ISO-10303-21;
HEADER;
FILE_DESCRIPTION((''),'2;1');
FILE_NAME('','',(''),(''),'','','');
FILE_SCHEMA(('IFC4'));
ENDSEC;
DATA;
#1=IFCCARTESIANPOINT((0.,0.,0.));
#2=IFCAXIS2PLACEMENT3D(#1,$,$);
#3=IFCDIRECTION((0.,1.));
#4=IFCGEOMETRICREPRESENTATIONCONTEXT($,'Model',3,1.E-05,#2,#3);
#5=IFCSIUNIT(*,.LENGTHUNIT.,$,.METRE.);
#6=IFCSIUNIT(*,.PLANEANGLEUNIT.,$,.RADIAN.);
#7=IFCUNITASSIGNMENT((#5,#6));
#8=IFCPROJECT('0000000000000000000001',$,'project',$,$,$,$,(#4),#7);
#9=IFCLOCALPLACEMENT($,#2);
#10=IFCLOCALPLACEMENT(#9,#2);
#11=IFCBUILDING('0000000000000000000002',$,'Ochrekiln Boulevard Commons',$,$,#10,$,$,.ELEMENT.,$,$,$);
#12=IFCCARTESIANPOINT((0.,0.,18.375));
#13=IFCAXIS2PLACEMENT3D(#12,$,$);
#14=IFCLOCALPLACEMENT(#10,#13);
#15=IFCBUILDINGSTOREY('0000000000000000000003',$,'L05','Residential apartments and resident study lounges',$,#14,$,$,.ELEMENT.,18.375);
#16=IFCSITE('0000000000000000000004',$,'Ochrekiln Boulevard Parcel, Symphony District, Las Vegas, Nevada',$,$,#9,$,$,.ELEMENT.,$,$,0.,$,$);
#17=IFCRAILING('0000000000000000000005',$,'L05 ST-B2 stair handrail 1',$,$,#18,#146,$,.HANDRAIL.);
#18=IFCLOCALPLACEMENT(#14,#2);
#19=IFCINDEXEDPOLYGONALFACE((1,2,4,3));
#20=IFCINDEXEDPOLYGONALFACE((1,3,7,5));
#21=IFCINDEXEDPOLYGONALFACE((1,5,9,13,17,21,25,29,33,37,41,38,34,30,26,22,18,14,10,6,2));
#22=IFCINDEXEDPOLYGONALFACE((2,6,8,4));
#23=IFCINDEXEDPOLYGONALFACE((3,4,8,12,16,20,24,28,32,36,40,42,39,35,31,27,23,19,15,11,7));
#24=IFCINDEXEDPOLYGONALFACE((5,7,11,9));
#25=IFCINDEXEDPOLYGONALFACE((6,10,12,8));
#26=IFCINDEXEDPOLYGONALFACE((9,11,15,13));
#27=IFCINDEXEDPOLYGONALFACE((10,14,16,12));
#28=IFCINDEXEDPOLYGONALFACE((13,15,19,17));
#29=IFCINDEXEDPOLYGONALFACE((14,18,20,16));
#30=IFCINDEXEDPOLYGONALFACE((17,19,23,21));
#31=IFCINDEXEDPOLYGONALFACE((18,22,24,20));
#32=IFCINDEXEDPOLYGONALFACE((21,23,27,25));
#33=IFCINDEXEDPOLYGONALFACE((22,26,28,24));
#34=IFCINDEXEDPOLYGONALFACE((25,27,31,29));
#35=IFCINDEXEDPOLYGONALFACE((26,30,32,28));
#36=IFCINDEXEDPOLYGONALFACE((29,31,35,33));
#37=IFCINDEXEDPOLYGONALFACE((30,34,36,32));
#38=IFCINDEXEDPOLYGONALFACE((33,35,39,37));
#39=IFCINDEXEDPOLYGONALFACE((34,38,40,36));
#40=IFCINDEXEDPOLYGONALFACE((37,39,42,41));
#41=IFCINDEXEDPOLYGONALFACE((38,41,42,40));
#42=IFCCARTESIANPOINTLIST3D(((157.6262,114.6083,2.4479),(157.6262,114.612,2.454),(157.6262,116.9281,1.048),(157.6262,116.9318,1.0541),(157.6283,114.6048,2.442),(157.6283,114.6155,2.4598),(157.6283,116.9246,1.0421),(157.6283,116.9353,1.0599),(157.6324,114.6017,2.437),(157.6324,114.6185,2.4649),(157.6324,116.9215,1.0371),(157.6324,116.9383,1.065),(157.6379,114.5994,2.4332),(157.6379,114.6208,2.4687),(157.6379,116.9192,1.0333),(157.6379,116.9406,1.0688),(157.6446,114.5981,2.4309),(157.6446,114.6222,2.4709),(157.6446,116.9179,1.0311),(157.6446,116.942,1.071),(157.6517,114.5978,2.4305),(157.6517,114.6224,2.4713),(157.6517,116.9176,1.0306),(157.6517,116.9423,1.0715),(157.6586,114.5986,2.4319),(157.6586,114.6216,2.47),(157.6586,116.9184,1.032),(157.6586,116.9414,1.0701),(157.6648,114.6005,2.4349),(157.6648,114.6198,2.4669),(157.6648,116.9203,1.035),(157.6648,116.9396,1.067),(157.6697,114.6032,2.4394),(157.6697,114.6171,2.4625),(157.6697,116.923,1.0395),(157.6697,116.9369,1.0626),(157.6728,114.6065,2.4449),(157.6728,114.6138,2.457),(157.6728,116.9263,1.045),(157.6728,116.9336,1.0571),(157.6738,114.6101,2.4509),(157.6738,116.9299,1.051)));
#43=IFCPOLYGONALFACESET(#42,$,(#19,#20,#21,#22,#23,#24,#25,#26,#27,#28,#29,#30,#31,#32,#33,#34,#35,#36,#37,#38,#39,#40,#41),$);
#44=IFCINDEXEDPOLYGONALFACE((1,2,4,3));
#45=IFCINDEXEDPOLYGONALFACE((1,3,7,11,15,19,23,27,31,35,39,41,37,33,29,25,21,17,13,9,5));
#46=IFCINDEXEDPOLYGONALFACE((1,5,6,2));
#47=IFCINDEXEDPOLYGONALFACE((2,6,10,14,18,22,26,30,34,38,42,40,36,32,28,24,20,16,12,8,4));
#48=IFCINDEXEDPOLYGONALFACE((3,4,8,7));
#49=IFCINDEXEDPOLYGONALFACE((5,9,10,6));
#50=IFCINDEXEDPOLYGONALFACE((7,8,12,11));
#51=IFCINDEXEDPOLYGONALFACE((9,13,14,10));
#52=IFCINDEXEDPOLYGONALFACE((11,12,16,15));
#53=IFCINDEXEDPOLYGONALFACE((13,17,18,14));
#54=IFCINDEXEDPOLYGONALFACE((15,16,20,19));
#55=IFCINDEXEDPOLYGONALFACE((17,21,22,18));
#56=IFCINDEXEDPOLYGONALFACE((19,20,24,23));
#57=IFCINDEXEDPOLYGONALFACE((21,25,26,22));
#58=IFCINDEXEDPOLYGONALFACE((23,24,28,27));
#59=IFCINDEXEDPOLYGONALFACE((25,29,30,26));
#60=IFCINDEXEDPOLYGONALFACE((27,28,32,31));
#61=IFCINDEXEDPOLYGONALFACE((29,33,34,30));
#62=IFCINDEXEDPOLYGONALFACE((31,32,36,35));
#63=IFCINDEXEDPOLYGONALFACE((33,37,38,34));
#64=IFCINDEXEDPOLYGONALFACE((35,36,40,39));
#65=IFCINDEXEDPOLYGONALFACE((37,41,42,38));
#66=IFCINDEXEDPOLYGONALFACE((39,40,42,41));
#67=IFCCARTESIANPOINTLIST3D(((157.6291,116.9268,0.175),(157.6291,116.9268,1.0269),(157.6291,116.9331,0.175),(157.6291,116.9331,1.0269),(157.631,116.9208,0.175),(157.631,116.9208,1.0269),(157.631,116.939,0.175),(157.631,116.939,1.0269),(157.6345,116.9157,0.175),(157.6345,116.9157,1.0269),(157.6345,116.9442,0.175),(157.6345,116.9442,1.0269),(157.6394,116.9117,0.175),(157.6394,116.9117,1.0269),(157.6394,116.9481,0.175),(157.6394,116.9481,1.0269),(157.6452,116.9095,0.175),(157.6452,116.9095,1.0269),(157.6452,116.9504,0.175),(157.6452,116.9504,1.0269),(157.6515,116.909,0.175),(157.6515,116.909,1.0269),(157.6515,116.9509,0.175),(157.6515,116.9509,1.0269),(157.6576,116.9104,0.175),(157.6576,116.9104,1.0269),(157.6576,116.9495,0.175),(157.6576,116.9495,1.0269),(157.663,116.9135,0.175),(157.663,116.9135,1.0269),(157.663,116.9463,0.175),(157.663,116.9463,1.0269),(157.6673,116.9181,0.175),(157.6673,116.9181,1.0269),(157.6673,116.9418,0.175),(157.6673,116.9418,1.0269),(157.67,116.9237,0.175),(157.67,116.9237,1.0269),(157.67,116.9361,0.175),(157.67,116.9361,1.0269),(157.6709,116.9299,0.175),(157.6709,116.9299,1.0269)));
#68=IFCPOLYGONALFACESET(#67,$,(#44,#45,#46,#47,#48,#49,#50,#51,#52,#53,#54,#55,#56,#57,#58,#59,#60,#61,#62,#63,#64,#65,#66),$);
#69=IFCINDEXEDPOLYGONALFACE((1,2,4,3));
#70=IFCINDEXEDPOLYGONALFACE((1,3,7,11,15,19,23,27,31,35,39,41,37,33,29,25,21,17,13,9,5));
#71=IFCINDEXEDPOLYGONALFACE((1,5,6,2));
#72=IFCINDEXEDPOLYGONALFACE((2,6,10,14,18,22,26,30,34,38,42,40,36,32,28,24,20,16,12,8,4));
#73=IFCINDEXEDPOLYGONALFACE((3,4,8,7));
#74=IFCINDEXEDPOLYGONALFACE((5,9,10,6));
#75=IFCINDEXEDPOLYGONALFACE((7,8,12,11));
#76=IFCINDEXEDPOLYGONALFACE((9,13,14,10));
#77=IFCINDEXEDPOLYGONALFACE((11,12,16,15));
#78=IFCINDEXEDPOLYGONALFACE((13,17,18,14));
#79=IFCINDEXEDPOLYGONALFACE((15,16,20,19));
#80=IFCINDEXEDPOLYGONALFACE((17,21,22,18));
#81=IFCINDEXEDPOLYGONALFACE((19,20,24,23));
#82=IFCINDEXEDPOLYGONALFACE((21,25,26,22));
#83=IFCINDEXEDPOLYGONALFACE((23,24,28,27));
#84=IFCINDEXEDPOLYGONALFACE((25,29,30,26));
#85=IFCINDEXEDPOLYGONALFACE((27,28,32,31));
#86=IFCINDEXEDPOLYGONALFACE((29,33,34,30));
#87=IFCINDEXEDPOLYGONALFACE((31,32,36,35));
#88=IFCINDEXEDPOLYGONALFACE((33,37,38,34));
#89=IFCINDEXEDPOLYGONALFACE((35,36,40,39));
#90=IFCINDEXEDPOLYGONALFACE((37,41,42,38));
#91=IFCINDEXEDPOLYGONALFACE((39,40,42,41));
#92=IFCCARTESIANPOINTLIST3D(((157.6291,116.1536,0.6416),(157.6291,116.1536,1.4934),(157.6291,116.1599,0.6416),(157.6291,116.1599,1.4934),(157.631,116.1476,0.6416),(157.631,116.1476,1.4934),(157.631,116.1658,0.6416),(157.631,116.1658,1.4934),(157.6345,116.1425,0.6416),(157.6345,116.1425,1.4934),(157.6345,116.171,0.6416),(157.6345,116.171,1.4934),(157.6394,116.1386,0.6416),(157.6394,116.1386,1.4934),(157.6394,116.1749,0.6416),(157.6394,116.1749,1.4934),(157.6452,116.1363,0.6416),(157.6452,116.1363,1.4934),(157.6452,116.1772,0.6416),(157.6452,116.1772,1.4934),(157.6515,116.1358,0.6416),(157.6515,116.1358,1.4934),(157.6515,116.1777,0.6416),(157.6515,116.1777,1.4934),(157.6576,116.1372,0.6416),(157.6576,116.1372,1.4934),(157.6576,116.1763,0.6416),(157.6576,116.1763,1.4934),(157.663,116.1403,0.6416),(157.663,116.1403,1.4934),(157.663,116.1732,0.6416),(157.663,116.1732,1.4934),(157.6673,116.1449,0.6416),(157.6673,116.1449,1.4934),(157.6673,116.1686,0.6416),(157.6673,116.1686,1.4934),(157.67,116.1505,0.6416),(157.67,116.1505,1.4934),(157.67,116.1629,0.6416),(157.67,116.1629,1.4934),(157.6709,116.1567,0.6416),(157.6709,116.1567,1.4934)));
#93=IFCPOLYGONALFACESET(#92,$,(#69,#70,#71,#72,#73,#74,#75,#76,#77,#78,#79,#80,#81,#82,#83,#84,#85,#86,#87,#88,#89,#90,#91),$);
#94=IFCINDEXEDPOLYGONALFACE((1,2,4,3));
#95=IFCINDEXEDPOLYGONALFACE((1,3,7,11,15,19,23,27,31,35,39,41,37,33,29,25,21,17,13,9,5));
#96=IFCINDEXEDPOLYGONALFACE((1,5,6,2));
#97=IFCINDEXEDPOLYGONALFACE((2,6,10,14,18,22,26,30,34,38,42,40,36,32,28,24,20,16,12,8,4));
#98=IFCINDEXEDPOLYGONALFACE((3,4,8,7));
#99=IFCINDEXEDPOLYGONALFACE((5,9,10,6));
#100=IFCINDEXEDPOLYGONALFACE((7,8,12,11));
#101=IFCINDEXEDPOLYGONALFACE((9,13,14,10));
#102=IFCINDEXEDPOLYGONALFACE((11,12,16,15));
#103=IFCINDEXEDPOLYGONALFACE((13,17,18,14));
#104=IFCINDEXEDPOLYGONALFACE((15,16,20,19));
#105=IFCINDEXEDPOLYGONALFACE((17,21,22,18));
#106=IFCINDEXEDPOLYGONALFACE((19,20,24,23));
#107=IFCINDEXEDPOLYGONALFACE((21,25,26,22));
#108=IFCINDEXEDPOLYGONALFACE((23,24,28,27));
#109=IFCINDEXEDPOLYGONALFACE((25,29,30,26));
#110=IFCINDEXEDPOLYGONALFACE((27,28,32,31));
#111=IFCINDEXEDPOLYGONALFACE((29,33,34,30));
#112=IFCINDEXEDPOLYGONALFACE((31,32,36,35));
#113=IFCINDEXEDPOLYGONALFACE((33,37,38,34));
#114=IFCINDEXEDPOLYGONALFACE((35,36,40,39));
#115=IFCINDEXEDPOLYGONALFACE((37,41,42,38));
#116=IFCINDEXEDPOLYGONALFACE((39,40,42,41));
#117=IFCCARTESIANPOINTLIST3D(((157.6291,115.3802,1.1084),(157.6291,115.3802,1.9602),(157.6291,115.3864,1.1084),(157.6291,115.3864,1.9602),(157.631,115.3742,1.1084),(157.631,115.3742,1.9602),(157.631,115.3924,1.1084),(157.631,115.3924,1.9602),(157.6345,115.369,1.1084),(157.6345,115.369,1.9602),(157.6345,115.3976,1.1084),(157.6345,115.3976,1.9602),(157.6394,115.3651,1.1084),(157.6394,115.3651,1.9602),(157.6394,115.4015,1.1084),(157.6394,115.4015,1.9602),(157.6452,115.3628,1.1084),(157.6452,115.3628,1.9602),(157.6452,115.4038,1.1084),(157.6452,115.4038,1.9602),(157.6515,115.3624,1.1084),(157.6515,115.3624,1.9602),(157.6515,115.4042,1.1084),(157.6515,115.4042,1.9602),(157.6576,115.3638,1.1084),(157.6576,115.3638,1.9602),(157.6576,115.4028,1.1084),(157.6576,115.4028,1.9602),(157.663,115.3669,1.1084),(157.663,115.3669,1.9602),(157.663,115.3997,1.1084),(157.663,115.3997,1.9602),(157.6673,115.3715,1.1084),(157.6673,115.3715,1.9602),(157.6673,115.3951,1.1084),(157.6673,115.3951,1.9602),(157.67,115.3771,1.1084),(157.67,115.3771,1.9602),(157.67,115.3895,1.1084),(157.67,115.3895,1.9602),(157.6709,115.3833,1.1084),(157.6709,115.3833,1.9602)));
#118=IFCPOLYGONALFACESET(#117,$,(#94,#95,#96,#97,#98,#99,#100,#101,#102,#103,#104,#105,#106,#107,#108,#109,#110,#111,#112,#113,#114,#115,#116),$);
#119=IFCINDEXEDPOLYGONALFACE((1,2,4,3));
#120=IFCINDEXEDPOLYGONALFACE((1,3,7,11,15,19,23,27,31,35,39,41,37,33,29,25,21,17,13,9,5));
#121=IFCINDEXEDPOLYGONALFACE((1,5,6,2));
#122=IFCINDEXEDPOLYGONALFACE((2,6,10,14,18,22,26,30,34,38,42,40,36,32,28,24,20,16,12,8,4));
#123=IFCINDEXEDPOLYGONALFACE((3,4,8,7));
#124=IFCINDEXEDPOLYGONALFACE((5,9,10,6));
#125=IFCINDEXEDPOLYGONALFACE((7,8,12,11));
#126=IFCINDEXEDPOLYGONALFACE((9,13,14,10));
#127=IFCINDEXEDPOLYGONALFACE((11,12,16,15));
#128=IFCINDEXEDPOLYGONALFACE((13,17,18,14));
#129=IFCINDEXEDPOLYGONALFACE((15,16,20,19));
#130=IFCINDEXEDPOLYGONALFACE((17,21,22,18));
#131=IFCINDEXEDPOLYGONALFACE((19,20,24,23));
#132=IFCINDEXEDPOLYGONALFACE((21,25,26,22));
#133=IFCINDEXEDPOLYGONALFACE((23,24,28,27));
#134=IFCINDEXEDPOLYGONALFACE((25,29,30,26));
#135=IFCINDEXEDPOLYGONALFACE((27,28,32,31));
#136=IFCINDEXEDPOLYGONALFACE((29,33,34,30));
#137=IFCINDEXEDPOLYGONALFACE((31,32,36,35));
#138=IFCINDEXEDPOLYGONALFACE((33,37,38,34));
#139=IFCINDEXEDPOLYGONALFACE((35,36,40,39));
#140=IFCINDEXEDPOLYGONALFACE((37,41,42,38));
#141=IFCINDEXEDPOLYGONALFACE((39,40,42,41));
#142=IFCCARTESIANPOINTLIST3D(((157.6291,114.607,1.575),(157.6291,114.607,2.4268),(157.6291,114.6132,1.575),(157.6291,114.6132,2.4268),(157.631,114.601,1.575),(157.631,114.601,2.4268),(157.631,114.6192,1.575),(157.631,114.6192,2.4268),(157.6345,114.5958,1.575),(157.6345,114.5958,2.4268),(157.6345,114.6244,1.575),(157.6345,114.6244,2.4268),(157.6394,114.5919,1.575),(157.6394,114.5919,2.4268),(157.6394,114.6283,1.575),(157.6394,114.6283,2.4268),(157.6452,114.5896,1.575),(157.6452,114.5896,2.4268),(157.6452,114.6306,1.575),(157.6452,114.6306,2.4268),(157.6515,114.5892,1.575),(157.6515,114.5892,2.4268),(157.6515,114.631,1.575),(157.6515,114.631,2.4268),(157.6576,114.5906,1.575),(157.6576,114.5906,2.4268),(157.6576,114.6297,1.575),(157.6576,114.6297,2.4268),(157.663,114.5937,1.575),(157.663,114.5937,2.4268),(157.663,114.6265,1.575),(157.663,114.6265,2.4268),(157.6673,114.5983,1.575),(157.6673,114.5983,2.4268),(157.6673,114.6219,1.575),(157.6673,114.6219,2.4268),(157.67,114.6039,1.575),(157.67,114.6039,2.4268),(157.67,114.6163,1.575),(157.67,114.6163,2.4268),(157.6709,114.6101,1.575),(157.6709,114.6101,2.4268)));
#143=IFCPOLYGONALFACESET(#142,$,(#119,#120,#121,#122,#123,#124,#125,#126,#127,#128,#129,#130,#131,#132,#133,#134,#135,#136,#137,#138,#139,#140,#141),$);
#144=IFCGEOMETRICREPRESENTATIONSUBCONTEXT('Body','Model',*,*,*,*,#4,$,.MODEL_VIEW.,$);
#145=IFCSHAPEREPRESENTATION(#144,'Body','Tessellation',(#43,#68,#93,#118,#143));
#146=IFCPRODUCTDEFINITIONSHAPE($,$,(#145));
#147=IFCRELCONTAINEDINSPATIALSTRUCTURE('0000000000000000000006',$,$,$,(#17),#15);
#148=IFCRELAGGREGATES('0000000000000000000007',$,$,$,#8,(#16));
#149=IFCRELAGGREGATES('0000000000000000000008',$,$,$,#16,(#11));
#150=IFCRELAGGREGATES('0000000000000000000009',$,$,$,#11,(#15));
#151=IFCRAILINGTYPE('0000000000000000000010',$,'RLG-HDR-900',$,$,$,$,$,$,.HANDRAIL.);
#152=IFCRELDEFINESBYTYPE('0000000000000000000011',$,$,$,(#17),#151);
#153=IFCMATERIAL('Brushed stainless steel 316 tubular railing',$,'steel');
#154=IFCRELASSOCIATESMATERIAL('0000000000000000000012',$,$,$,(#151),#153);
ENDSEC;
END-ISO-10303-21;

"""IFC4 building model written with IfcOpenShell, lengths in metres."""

from ifc_helpers import new_model, si_unit, direction, frame, origin, origin_2d, place, context, subcontext, project, spatial, circle, extrude, material, type_object, element, save


model = new_model("IFC4")

# Units and contexts
model_context = context("Model", 3, precision=1e-05, world=origin(), true_north=direction((0.0, 1.0)))
body_context = subcontext(model_context, "Body", "Model", "MODEL_VIEW")
ifc_project = project(units=[si_unit("LENGTHUNIT", "METRE"), si_unit("PLANEANGLEUNIT", "RADIAN")], contexts=[model_context])

# Site, building, storey
site_placement = place(None, origin())
site = spatial("IfcSite", under=ifc_project, at=site_placement, Name="Ochrekiln Boulevard Parcel, Symphony District, Las Vegas, Nevada", CompositionType="ELEMENT", RefElevation=0.0)
building_placement = place(site_placement, origin())
building = spatial("IfcBuilding", under=site, at=building_placement, Name="Ochrekiln Boulevard Commons", CompositionType="ELEMENT")
storey_placement = place(building_placement, frame((0.0, 0.0, 18.375)))
storey = spatial("IfcBuildingStorey", under=building, at=storey_placement, Name="L05", Description="Residential apartments and resident study lounges", CompositionType="ELEMENT", Elevation=18.375)

# Railing
ifc_material_1 = material(Name="Brushed stainless steel 316 tubular railing", Category="steel")
railing_type = type_object("IfcRailingType", Name="RLG-HDR-900", PredefinedType="HANDRAIL", material=ifc_material_1)
railing_placement = place(storey_placement, frame((157.6499, 116.9299, 0.175)))
element("IfcRailing", 1, at=railing_placement, inside=storey, type_object=railing_type, Name="L05 ST-B2 stair handrail 1", PredefinedType="HANDRAIL", context=body_context, shape_type="SweptSolid", body=[
    extrude(circle(Radius=0.0239, at=origin_2d()), frame((0.0, 0.0, 0.876), z_axis=(0.0, -0.856186, 0.516667), x_axis=(1.0, 0.0, 0.0)), (0.0, 0.0, 1.0), 2.7095),
    extrude(circle(Radius=0.021, at=origin_2d()), origin(), (0.0, 0.0, 1.0), 0.8518),
    extrude(circle(Radius=0.021, at=origin_2d()), frame((0.0, -0.7732, 0.4666)), (0.0, 0.0, 1.0), 0.8518),
    extrude(circle(Radius=0.021, at=origin_2d()), frame((0.0, -1.5466, 0.9333)), (0.0, 0.0, 1.0), 0.8518),
    extrude(circle(Radius=0.021, at=origin_2d()), frame((0.0, -2.3198, 1.3999)), (0.0, 0.0, 1.0), 0.8518),
])

save(model, "model.ifc")
